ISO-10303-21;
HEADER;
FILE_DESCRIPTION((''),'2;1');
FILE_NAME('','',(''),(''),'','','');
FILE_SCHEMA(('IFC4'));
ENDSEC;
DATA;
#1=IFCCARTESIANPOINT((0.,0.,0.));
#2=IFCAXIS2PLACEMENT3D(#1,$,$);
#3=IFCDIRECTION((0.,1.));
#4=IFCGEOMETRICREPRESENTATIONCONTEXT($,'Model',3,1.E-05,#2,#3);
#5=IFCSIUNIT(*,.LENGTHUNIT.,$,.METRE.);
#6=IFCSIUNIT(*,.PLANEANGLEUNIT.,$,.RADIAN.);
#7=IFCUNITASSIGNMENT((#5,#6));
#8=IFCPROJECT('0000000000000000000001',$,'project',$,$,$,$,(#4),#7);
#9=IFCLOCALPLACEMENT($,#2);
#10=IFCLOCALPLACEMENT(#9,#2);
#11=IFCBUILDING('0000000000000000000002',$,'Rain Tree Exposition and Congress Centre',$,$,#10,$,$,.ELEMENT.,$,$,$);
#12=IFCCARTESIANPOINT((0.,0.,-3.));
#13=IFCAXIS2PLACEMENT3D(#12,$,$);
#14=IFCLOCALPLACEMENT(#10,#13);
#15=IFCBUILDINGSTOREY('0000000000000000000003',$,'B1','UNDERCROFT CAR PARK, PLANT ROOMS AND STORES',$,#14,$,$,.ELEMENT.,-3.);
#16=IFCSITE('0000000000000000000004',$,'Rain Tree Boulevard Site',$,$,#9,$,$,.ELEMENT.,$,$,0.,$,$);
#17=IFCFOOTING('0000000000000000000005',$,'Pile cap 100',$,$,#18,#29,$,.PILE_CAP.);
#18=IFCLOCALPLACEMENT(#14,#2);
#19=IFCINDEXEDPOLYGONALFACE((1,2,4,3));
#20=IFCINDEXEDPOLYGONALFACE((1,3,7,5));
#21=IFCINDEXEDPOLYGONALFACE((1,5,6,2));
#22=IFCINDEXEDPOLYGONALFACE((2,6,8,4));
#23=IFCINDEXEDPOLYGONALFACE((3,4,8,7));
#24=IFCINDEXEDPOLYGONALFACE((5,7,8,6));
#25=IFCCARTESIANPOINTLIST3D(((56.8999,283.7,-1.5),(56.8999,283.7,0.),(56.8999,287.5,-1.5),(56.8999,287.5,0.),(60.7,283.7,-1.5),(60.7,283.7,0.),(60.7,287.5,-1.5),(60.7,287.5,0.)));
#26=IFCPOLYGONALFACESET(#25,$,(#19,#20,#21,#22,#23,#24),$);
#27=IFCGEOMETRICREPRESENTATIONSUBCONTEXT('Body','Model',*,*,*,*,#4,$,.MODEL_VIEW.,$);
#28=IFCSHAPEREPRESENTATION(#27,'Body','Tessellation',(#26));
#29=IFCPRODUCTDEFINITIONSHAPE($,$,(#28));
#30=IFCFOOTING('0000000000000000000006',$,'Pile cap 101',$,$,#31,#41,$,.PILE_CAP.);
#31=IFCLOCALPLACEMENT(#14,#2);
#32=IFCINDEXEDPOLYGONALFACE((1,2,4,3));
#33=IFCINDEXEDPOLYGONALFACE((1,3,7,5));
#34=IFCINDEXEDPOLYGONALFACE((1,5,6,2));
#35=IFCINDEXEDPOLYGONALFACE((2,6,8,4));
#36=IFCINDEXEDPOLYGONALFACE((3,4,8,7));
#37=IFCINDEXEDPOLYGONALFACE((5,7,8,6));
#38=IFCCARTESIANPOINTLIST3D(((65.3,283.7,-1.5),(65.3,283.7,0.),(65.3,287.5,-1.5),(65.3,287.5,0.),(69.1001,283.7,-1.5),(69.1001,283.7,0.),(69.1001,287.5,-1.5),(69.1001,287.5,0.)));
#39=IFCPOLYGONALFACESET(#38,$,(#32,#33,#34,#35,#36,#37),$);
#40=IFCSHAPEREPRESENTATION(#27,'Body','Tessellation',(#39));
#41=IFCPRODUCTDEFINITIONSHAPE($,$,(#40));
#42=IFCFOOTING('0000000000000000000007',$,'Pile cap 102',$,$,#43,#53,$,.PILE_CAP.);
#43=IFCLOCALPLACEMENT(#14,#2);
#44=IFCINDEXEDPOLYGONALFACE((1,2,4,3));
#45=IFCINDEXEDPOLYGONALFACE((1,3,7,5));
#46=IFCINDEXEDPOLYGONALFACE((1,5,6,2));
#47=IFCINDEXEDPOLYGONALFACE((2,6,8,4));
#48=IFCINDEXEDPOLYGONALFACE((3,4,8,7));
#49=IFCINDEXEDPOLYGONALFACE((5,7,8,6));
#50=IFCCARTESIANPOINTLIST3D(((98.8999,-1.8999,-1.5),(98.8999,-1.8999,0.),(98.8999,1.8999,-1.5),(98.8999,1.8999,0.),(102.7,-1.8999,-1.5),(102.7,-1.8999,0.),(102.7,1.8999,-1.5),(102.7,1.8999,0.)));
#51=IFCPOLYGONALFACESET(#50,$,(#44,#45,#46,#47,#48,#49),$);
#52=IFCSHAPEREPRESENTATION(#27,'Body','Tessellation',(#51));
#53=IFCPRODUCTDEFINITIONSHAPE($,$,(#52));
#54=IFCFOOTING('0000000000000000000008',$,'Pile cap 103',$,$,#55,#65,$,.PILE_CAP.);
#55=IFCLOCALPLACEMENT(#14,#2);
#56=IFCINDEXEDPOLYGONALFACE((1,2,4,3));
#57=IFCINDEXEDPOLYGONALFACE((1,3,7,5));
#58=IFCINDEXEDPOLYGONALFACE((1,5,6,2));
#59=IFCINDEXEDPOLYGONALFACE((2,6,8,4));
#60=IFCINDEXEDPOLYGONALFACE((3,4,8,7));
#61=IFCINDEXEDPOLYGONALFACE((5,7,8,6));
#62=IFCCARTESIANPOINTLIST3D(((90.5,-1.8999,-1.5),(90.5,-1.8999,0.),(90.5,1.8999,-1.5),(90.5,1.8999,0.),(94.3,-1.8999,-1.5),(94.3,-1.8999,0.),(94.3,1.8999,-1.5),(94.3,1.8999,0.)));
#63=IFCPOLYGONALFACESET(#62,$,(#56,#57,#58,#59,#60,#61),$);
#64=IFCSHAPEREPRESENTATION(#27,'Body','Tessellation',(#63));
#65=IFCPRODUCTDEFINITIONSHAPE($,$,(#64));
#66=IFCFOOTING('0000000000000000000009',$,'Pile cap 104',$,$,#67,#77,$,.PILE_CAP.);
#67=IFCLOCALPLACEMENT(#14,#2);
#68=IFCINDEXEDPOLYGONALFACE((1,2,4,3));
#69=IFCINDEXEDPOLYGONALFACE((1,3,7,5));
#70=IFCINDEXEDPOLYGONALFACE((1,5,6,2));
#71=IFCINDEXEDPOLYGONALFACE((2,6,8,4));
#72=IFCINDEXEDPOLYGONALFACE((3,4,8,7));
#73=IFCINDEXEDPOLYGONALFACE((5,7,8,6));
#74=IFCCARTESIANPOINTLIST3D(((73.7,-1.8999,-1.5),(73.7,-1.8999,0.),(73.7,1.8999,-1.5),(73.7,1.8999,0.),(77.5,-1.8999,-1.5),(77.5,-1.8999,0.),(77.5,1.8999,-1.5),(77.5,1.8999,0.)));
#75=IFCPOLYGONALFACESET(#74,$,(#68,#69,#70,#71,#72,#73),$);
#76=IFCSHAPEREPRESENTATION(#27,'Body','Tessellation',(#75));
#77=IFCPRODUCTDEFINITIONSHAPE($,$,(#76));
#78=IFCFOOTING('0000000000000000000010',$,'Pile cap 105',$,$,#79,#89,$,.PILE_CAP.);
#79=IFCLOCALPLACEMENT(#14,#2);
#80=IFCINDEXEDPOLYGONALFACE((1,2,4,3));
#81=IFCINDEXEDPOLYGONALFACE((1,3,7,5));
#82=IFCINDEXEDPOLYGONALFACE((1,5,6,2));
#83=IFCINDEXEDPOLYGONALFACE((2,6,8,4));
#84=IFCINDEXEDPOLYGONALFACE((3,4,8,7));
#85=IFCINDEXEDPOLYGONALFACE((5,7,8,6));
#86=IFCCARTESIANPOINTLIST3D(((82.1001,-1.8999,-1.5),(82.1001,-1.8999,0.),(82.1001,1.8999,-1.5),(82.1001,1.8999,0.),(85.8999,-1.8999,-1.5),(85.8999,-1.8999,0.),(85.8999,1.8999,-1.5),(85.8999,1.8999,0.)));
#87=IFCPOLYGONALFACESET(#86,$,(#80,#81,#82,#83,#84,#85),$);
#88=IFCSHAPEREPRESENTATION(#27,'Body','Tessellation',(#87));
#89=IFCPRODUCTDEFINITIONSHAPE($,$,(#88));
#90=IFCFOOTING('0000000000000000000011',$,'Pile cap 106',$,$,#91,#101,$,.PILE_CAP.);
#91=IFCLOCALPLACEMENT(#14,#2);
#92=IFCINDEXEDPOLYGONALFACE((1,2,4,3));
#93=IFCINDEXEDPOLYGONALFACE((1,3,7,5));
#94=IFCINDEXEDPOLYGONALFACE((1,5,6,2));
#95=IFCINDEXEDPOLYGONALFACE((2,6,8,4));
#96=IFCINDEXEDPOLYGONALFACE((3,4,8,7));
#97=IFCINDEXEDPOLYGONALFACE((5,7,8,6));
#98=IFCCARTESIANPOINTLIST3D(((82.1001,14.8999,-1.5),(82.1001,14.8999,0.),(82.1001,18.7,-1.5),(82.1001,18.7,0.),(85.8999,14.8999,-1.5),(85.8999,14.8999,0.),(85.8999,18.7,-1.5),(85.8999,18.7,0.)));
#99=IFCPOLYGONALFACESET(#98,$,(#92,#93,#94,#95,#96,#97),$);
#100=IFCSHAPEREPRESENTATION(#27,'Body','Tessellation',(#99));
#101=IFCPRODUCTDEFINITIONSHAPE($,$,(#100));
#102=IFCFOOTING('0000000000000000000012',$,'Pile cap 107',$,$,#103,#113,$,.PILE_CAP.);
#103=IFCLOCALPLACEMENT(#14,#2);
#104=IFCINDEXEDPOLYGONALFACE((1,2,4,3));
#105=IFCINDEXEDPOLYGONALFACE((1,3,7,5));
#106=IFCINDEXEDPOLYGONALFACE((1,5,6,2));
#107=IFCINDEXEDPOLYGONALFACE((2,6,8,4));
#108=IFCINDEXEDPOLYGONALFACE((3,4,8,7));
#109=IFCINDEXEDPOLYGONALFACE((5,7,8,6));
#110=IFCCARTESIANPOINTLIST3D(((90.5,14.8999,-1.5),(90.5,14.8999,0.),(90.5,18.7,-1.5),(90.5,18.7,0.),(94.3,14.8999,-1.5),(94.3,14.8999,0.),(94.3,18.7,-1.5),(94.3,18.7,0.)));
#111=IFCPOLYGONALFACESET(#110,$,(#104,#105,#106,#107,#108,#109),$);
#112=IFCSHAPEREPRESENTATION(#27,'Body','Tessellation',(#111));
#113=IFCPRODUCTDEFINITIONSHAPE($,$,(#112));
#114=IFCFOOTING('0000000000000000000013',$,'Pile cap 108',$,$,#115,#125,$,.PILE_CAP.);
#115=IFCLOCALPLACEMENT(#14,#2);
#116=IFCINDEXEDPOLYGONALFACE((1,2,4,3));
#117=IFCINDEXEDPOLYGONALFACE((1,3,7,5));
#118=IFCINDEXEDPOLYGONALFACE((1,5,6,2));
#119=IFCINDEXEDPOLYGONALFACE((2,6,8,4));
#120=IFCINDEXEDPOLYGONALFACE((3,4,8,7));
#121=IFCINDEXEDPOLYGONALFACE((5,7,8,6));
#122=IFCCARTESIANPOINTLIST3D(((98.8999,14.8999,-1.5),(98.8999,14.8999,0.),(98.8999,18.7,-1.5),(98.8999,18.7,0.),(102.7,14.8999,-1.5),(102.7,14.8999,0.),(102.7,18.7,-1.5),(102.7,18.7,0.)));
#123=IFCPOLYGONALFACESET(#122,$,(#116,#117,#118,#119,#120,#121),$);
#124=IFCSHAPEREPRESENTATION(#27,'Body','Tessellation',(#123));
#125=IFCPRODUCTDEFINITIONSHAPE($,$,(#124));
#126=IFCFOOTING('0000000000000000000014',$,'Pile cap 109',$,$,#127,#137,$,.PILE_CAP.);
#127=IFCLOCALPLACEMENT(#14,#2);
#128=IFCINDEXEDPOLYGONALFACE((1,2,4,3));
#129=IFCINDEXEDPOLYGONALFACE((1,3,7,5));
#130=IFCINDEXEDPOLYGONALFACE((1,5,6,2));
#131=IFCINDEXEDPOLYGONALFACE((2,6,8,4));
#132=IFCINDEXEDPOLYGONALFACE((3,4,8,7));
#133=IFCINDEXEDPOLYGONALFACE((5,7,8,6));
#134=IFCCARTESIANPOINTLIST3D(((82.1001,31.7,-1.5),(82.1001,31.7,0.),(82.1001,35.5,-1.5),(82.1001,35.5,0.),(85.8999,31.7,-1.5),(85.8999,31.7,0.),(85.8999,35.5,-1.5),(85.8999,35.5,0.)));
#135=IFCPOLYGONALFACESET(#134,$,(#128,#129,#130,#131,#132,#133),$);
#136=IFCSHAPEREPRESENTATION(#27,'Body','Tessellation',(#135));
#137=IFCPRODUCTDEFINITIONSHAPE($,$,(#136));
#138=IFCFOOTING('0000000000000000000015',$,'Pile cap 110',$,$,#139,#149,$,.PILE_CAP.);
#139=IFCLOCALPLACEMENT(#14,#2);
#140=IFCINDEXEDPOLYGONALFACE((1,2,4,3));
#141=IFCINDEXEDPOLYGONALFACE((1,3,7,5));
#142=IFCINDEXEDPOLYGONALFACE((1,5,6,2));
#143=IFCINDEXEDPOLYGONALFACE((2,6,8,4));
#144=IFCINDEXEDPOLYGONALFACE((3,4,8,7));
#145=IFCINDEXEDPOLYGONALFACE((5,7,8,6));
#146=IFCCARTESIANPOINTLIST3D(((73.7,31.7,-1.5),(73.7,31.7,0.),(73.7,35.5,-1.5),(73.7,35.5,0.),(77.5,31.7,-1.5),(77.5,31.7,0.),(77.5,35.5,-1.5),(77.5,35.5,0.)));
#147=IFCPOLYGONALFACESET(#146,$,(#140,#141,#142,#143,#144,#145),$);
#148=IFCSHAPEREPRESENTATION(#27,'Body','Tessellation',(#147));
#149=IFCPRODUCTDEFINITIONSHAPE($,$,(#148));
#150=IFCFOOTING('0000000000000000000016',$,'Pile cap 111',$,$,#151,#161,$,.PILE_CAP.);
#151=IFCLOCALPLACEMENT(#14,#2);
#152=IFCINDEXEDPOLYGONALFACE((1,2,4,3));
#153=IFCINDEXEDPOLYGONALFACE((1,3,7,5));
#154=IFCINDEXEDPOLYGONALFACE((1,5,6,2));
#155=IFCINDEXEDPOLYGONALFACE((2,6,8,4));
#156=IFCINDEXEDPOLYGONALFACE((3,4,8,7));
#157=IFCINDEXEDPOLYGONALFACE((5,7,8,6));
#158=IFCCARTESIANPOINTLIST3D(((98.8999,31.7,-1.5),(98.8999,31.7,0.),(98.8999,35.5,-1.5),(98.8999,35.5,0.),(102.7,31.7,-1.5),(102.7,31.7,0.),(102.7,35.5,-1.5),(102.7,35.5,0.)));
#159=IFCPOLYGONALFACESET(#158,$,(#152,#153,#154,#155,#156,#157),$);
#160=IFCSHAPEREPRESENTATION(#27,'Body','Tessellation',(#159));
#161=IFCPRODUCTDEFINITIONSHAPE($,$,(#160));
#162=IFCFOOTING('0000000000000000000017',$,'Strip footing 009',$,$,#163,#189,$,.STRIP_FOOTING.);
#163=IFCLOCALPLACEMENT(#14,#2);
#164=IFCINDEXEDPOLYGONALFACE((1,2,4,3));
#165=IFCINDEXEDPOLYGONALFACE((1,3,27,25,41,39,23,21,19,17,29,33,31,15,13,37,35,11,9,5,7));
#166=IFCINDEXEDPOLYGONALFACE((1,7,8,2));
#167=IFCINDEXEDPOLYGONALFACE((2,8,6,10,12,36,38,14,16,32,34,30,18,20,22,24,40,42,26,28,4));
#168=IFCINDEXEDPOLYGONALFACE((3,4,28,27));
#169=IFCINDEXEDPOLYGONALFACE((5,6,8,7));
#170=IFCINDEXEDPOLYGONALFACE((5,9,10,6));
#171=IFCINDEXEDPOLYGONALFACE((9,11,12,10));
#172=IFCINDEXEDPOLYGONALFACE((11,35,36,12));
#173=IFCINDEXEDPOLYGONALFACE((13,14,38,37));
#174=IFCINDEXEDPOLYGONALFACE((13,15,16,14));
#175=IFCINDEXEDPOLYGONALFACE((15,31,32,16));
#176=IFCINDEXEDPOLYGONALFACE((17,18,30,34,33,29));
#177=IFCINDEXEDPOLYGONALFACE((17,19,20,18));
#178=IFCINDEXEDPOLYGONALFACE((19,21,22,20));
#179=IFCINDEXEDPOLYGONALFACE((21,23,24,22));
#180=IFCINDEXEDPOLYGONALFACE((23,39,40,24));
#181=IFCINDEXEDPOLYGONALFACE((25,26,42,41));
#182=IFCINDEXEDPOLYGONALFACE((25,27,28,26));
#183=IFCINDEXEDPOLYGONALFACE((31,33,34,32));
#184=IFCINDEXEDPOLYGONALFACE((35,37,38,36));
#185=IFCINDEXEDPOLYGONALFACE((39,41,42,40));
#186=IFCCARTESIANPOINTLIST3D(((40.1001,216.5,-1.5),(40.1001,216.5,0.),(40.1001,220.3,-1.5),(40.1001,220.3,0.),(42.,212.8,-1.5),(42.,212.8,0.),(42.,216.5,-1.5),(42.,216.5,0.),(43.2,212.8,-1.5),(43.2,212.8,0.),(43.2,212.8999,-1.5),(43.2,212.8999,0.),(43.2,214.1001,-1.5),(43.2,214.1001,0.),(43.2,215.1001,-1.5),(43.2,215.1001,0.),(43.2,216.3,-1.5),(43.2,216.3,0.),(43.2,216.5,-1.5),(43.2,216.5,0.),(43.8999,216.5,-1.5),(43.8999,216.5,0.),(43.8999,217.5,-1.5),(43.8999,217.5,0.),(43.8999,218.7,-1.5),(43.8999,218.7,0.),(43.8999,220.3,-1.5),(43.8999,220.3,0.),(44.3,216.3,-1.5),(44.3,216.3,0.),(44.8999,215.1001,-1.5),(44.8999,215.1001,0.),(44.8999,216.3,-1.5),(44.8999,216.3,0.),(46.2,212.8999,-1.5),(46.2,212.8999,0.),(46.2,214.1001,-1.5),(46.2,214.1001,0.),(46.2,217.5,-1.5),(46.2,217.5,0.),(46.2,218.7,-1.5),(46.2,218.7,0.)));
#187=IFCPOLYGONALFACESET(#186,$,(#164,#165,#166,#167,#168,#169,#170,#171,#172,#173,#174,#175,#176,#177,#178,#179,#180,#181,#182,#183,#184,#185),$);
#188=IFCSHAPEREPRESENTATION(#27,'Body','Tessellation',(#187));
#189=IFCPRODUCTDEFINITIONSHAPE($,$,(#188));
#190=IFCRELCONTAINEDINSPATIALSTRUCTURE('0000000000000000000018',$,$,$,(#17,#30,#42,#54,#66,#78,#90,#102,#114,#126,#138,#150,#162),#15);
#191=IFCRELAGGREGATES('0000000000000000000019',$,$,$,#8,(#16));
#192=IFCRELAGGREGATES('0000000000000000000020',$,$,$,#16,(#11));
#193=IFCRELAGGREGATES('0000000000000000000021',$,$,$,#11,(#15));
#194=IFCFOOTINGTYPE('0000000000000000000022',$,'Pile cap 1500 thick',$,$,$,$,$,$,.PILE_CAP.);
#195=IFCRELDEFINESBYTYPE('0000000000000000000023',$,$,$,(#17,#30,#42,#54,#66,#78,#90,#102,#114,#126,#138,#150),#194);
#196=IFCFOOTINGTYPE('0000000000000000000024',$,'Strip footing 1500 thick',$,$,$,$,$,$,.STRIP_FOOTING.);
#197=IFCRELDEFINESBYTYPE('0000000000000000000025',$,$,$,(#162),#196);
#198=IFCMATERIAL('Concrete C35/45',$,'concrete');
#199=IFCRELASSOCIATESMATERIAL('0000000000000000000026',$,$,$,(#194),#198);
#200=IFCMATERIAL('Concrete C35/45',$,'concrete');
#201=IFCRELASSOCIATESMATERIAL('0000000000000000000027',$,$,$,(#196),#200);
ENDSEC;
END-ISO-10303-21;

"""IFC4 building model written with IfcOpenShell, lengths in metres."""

from ifc_helpers import new_model, si_unit, direction, frame, origin, place, context, subcontext, project, spatial, polyline, outline, extrude, material, type_object, element, save


model = new_model("IFC4")

# Units and contexts
model_context = context("Model", 3, precision=1e-05, world=origin(), true_north=direction((0.0, 1.0)))
body_context = subcontext(model_context, "Body", "Model", "MODEL_VIEW")
ifc_project = project(units=[si_unit("LENGTHUNIT", "METRE"), si_unit("PLANEANGLEUNIT", "RADIAN")], contexts=[model_context])

# Site, building, storey
site_placement = place(None, origin())
site = spatial("IfcSite", under=ifc_project, at=site_placement, Name="Rain Tree Boulevard Site", CompositionType="ELEMENT", RefElevation=0.0)
building_placement = place(site_placement, origin())
building = spatial("IfcBuilding", under=site, at=building_placement, Name="Rain Tree Exposition and Congress Centre", CompositionType="ELEMENT")
storey_placement = place(building_placement, frame((0.0, 0.0, -3.0)))
storey = spatial("IfcBuildingStorey", under=building, at=storey_placement, Name="B1", Description="UNDERCROFT CAR PARK, PLANT ROOMS AND STORES", CompositionType="ELEMENT", Elevation=-3.0)

# Footings
ifc_material_1 = material(Name="Concrete C35/45", Category="concrete")
footing_type_1 = type_object("IfcFootingType", Name="Pile cap 1500 thick", PredefinedType="PILE_CAP", material=ifc_material_1)
footing_1_placement = place(storey_placement, frame((0.0, 0.0, -1.5)))
element("IfcFooting", 1, at=footing_1_placement, inside=storey, type_object=footing_type_1, Name="Pile cap 100", PredefinedType="PILE_CAP", context=body_context, shape_type="SweptSolid", body=[
    extrude(outline(polyline([(60.7, 283.7), (60.7, 287.5), (56.8999, 287.5), (56.8999, 283.7), (60.7, 283.7)])), origin(), (0.0, 0.0, 1.0), 1.5),
])
footing_2_placement = place(storey_placement, frame((0.0, 0.0, -1.5)))
element("IfcFooting", 2, at=footing_2_placement, inside=storey, type_object=footing_type_1, Name="Pile cap 101", PredefinedType="PILE_CAP", context=body_context, shape_type="SweptSolid", body=[
    extrude(outline(polyline([(69.1001, 283.7), (69.1001, 287.5), (65.3, 287.5), (65.3, 283.7), (69.1001, 283.7)])), origin(), (0.0, 0.0, 1.0), 1.5),
])
footing_3_placement = place(storey_placement, frame((0.0, 0.0, -1.5)))
element("IfcFooting", 3, at=footing_3_placement, inside=storey, type_object=footing_type_1, Name="Pile cap 102", PredefinedType="PILE_CAP", context=body_context, shape_type="SweptSolid", body=[
    extrude(outline(polyline([(102.7, -1.8999), (102.7, 1.8999), (98.8999, 1.8999), (98.8999, -1.8999), (102.7, -1.8999)])), origin(), (0.0, 0.0, 1.0), 1.5),
])
footing_4_placement = place(storey_placement, frame((0.0, 0.0, -1.5)))
element("IfcFooting", 4, at=footing_4_placement, inside=storey, type_object=footing_type_1, Name="Pile cap 103", PredefinedType="PILE_CAP", context=body_context, shape_type="SweptSolid", body=[
    extrude(outline(polyline([(94.3, -1.8999), (94.3, 1.8999), (90.5, 1.8999), (90.5, -1.8999), (94.3, -1.8999)])), origin(), (0.0, 0.0, 1.0), 1.5),
])
footing_5_placement = place(storey_placement, frame((0.0, 0.0, -1.5)))
element("IfcFooting", 5, at=footing_5_placement, inside=storey, type_object=footing_type_1, Name="Pile cap 104", PredefinedType="PILE_CAP", context=body_context, shape_type="SweptSolid", body=[
    extrude(outline(polyline([(77.5, -1.8999), (77.5, 1.8999), (73.7, 1.8999), (73.7, -1.8999), (77.5, -1.8999)])), origin(), (0.0, 0.0, 1.0), 1.5),
])
footing_6_placement = place(storey_placement, frame((0.0, 0.0, -1.5)))
element("IfcFooting", 6, at=footing_6_placement, inside=storey, type_object=footing_type_1, Name="Pile cap 105", PredefinedType="PILE_CAP", context=body_context, shape_type="SweptSolid", body=[
    extrude(outline(polyline([(85.8999, -1.8999), (85.8999, 1.8999), (82.1001, 1.8999), (82.1001, -1.8999), (85.8999, -1.8999)])), origin(), (0.0, 0.0, 1.0), 1.5),
])
footing_7_placement = place(storey_placement, frame((0.0, 0.0, -1.5)))
element("IfcFooting", 7, at=footing_7_placement, inside=storey, type_object=footing_type_1, Name="Pile cap 106", PredefinedType="PILE_CAP", context=body_context, shape_type="SweptSolid", body=[
    extrude(outline(polyline([(85.8999, 14.8999), (85.8999, 18.7), (82.1001, 18.7), (82.1001, 14.8999), (85.8999, 14.8999)])), origin(), (0.0, 0.0, 1.0), 1.5),
])
footing_8_placement = place(storey_placement, frame((0.0, 0.0, -1.5)))
element("IfcFooting", 8, at=footing_8_placement, inside=storey, type_object=footing_type_1, Name="Pile cap 107", PredefinedType="PILE_CAP", context=body_context, shape_type="SweptSolid", body=[
    extrude(outline(polyline([(94.3, 14.8999), (94.3, 18.7), (90.5, 18.7), (90.5, 14.8999), (94.3, 14.8999)])), origin(), (0.0, 0.0, 1.0), 1.5),
])
footing_9_placement = place(storey_placement, frame((0.0, 0.0, -1.5)))
element("IfcFooting", 9, at=footing_9_placement, inside=storey, type_object=footing_type_1, Name="Pile cap 108", PredefinedType="PILE_CAP", context=body_context, shape_type="SweptSolid", body=[
    extrude(outline(polyline([(102.7, 14.8999), (102.7, 18.7), (98.8999, 18.7), (98.8999, 14.8999), (102.7, 14.8999)])), origin(), (0.0, 0.0, 1.0), 1.5),
])
footing_10_placement = place(storey_placement, frame((0.0, 0.0, -1.5)))
element("IfcFooting", 10, at=footing_10_placement, inside=storey, type_object=footing_type_1, Name="Pile cap 109", PredefinedType="PILE_CAP", context=body_context, shape_type="SweptSolid", body=[
    extrude(outline(polyline([(85.8999, 31.7), (85.8999, 35.5), (82.1001, 35.5), (82.1001, 31.7), (85.8999, 31.7)])), origin(), (0.0, 0.0, 1.0), 1.5),
])
footing_11_placement = place(storey_placement, frame((0.0, 0.0, -1.5)))
element("IfcFooting", 11, at=footing_11_placement, inside=storey, type_object=footing_type_1, Name="Pile cap 110", PredefinedType="PILE_CAP", context=body_context, shape_type="SweptSolid", body=[
    extrude(outline(polyline([(77.5, 31.7), (77.5, 35.5), (73.7, 35.5), (73.7, 31.7), (77.5, 31.7)])), origin(), (0.0, 0.0, 1.0), 1.5),
])
footing_12_placement = place(storey_placement, frame((0.0, 0.0, -1.5)))
element("IfcFooting", 12, at=footing_12_placement, inside=storey, type_object=footing_type_1, Name="Pile cap 111", PredefinedType="PILE_CAP", context=body_context, shape_type="SweptSolid", body=[
    extrude(outline(polyline([(102.7, 31.7), (102.7, 35.5), (98.8999, 35.5), (98.8999, 31.7), (102.7, 31.7)])), origin(), (0.0, 0.0, 1.0), 1.5),
])
ifc_material_2 = material(Name="Concrete C35/45", Category="concrete")
footing_type_2 = type_object("IfcFootingType", Name="Strip footing 1500 thick", PredefinedType="STRIP_FOOTING", material=ifc_material_2)
footing_13_placement = place(storey_placement, frame((0.0, 0.0, -1.5)))
element("IfcFooting", 13, at=footing_13_placement, inside=storey, type_object=footing_type_2, Name="Strip footing 009", PredefinedType="STRIP_FOOTING", context=body_context, shape_type="SweptSolid", body=[
    extrude(outline(polyline([(43.2, 212.8), (43.2, 212.8999), (46.2, 212.8999), (46.2, 214.1001), (43.2, 214.1001), (43.2, 215.1001), (44.8999, 215.1001), (44.8999, 216.3), (44.3, 216.3), (43.2, 216.3), (43.2, 216.5), (43.8999, 216.5), (43.8999, 217.5), (46.2, 217.5), (46.2, 218.7), (43.8999, 218.7), (43.8999, 220.3), (40.1001, 220.3), (40.1001, 216.5), (42.0, 216.5), (42.0, 212.8), (43.2, 212.8)])), origin(), (0.0, 0.0, 1.0), 1.5),
])

save(model, "model.ifc")
